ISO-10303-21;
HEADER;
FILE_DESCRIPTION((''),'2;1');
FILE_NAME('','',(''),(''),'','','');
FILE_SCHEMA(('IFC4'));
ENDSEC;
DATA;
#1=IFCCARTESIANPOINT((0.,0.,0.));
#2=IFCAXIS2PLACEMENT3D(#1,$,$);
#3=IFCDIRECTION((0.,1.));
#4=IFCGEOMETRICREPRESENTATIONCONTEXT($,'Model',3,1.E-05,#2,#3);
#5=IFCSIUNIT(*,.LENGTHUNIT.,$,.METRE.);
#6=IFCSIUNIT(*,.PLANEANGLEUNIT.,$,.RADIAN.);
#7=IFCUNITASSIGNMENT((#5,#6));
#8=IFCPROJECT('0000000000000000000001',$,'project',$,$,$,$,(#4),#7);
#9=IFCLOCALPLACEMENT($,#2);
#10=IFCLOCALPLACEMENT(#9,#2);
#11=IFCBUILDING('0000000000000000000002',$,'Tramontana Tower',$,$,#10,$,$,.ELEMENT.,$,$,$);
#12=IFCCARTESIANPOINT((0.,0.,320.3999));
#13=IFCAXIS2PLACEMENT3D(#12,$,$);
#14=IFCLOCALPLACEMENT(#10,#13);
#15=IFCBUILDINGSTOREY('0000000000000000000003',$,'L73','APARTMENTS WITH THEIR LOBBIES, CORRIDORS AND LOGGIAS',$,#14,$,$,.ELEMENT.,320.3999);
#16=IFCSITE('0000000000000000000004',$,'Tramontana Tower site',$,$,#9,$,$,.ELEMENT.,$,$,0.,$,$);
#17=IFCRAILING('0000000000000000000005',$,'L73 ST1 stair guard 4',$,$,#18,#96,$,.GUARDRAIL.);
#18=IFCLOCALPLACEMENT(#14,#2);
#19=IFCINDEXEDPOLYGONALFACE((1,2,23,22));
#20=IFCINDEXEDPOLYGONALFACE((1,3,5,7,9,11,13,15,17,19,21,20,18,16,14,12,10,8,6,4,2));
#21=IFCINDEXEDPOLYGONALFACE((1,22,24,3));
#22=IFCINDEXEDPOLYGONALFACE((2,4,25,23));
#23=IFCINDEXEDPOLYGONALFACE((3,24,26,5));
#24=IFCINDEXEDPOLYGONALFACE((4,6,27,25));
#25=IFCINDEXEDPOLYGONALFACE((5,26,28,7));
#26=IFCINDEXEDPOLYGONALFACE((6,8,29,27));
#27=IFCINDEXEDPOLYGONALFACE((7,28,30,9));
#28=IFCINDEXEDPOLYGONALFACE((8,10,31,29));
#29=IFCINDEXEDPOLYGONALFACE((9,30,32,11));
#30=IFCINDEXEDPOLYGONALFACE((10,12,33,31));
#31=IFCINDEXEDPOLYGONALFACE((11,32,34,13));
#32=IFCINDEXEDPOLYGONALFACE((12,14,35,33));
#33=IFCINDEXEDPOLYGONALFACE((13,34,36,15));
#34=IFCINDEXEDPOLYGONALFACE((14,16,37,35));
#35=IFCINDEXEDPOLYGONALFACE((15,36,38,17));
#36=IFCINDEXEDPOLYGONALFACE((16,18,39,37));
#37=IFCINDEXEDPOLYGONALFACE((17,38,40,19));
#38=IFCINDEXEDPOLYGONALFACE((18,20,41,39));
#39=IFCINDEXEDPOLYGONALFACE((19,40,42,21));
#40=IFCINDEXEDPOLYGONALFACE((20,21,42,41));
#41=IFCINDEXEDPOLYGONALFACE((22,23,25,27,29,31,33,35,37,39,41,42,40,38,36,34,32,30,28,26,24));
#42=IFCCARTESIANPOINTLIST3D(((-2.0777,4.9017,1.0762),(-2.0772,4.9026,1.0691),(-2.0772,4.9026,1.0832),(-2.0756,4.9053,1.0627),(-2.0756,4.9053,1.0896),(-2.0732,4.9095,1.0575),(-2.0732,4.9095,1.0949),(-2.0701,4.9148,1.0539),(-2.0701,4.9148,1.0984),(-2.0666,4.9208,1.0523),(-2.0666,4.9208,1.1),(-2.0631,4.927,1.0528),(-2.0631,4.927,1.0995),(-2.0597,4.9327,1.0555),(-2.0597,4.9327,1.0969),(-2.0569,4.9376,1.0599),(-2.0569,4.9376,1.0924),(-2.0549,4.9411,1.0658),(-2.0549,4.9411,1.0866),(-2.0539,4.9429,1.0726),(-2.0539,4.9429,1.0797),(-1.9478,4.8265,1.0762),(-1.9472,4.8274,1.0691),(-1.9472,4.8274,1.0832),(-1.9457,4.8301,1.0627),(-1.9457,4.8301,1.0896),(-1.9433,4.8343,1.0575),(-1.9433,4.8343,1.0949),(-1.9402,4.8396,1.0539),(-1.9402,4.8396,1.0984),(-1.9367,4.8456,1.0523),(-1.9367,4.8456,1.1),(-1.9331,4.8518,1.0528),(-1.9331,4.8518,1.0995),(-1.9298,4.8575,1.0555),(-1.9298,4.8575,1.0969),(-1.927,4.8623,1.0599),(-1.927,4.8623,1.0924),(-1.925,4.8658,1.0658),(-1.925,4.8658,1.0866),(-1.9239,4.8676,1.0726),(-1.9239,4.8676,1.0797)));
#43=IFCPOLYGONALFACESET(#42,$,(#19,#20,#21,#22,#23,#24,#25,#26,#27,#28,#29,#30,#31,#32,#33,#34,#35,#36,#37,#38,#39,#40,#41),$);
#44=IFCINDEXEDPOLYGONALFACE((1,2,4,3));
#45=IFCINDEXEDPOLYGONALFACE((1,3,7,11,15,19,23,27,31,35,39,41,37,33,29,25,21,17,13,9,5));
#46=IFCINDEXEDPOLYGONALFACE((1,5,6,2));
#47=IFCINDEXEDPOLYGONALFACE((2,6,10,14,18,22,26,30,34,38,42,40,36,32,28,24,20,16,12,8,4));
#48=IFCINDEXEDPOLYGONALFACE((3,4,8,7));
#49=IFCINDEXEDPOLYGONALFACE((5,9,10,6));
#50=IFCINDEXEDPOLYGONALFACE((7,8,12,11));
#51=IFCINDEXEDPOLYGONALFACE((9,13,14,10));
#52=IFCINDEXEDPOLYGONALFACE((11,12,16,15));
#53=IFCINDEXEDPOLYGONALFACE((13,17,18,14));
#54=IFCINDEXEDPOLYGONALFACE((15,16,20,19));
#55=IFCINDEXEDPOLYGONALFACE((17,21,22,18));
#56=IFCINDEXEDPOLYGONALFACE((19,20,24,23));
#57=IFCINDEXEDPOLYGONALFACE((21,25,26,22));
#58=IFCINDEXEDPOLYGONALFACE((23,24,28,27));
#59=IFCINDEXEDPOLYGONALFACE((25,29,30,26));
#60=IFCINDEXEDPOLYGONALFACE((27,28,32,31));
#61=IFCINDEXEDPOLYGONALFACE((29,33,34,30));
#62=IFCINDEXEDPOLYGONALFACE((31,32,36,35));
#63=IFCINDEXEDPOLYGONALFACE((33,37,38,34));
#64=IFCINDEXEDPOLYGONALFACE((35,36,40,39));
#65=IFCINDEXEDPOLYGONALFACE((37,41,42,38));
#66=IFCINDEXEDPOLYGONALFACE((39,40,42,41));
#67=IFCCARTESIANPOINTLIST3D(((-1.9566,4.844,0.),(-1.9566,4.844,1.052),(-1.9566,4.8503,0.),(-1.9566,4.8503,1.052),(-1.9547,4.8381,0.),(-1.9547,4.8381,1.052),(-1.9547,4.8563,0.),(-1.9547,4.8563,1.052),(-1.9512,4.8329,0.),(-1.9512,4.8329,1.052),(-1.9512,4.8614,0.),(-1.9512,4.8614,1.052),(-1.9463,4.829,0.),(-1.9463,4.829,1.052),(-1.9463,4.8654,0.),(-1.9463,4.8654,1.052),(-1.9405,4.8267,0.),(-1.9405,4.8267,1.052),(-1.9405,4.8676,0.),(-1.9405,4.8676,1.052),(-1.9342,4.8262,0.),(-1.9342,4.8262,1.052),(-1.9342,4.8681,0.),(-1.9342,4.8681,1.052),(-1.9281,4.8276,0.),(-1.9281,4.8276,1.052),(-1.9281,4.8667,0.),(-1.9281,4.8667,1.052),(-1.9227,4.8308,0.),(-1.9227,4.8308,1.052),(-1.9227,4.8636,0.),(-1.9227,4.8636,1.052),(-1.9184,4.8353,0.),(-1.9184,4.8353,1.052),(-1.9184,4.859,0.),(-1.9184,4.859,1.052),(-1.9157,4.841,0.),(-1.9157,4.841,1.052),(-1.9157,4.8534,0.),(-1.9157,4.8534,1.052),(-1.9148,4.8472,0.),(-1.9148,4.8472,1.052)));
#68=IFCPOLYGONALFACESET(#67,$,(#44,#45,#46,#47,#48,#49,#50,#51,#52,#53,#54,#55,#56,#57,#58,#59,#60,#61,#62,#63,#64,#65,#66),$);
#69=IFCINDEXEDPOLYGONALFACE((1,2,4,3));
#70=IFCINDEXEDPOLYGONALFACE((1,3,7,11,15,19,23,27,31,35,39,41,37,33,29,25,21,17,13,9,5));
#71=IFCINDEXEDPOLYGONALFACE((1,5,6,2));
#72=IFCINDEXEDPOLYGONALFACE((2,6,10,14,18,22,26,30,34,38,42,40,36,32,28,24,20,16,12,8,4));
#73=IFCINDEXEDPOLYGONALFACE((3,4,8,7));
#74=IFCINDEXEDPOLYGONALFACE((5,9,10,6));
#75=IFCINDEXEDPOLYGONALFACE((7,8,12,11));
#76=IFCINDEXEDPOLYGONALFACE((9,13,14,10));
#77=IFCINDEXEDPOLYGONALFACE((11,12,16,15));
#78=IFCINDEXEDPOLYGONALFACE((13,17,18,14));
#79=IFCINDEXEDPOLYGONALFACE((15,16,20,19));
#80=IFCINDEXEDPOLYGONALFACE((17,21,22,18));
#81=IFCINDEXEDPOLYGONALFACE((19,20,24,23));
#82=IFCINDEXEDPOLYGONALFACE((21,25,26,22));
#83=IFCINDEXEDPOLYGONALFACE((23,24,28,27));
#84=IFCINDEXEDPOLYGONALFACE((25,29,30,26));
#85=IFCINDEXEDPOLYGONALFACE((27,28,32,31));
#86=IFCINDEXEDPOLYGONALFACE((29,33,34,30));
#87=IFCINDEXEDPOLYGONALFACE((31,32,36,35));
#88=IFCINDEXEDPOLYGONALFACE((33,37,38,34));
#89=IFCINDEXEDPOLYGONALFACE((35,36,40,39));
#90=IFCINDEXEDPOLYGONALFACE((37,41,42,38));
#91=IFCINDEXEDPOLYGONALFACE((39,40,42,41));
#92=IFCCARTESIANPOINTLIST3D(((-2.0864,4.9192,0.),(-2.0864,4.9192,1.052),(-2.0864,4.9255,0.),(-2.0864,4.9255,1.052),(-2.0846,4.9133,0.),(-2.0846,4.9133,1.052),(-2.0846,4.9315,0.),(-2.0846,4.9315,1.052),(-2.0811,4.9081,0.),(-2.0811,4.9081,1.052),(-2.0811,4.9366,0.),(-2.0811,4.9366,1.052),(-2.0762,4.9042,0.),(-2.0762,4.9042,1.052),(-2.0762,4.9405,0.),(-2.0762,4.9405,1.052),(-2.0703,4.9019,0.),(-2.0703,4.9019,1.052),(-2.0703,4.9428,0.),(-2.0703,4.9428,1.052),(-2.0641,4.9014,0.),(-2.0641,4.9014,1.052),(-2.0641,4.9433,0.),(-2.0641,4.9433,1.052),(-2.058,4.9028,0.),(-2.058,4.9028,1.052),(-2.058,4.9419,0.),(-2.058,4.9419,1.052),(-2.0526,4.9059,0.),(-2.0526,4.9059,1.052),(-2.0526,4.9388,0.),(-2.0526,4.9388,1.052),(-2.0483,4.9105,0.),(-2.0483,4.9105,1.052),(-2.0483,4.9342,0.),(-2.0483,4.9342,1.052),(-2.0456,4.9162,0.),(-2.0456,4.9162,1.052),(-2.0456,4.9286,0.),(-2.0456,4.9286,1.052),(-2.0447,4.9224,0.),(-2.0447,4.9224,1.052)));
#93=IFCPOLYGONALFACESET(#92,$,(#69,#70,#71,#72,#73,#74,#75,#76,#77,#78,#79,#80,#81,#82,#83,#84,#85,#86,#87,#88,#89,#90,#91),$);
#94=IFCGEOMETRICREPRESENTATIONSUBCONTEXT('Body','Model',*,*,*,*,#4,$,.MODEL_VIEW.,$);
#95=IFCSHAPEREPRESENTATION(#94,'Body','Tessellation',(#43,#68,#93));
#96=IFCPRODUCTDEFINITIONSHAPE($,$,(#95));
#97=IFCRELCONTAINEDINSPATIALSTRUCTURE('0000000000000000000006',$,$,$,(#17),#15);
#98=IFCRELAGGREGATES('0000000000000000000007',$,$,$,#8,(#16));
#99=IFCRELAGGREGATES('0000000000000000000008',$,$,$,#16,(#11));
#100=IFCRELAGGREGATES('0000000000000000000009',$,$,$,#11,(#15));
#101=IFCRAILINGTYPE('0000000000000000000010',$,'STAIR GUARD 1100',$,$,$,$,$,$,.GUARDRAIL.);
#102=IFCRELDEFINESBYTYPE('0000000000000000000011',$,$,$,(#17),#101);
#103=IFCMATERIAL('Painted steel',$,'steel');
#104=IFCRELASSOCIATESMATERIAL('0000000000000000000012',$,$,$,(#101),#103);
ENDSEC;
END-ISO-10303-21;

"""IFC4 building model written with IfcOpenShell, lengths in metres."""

from ifc_helpers import new_model, si_unit, direction, frame, origin, origin_2d, place, context, subcontext, project, spatial, circle, extrude, material, type_object, element, save


model = new_model("IFC4")

# Units and contexts
model_context = context("Model", 3, precision=1e-05, world=origin(), true_north=direction((0.0, 1.0)))
body_context = subcontext(model_context, "Body", "Model", "MODEL_VIEW")
ifc_project = project(units=[si_unit("LENGTHUNIT", "METRE"), si_unit("PLANEANGLEUNIT", "RADIAN")], contexts=[model_context])

# Site, building, storey
site_placement = place(None, origin())
site = spatial("IfcSite", under=ifc_project, at=site_placement, Name="Tramontana Tower site", CompositionType="ELEMENT", RefElevation=0.0)
building_placement = place(site_placement, origin())
building = spatial("IfcBuilding", under=site, at=building_placement, Name="Tramontana Tower", CompositionType="ELEMENT")
storey_placement = place(building_placement, frame((0.0, 0.0, 320.3999)))
storey = spatial("IfcBuildingStorey", under=building, at=storey_placement, Name="L73", Description="APARTMENTS WITH THEIR LOBBIES, CORRIDORS AND LOGGIAS", CompositionType="ELEMENT", Elevation=320.3999)

# Railing
ifc_material_1 = material(Name="Painted steel", Category="steel")
railing_type_1 = type_object("IfcRailingType", Name="STAIR GUARD 1100", PredefinedType="GUARDRAIL", material=ifc_material_1)
railing_1_placement = place(storey_placement, frame((-1.9358, 4.8472, 0.0)))
element("IfcRailing", 1, at=railing_1_placement, inside=storey, type_object=railing_type_1, Name="L73 ST1 stair guard 4", PredefinedType="GUARDRAIL", context=body_context, shape_type="SweptSolid", body=[
    extrude(circle(Radius=0.0239, at=origin_2d()), frame((0.0, 0.0, 1.0762), z_axis=(-0.865426, 0.501036, 0.0), x_axis=(-0.501036, -0.865426, 0.0)), (0.0, 0.0, 1.0), 0.1501),
    extrude(circle(Radius=0.021, at=origin_2d()), origin(), (0.0, 0.0, 1.0), 1.052),
    extrude(circle(Radius=0.021, at=origin_2d()), frame((-0.1299, 0.0752, 0.0)), (0.0, 0.0, 1.0), 1.052),
])

save(model, "model.ifc")
